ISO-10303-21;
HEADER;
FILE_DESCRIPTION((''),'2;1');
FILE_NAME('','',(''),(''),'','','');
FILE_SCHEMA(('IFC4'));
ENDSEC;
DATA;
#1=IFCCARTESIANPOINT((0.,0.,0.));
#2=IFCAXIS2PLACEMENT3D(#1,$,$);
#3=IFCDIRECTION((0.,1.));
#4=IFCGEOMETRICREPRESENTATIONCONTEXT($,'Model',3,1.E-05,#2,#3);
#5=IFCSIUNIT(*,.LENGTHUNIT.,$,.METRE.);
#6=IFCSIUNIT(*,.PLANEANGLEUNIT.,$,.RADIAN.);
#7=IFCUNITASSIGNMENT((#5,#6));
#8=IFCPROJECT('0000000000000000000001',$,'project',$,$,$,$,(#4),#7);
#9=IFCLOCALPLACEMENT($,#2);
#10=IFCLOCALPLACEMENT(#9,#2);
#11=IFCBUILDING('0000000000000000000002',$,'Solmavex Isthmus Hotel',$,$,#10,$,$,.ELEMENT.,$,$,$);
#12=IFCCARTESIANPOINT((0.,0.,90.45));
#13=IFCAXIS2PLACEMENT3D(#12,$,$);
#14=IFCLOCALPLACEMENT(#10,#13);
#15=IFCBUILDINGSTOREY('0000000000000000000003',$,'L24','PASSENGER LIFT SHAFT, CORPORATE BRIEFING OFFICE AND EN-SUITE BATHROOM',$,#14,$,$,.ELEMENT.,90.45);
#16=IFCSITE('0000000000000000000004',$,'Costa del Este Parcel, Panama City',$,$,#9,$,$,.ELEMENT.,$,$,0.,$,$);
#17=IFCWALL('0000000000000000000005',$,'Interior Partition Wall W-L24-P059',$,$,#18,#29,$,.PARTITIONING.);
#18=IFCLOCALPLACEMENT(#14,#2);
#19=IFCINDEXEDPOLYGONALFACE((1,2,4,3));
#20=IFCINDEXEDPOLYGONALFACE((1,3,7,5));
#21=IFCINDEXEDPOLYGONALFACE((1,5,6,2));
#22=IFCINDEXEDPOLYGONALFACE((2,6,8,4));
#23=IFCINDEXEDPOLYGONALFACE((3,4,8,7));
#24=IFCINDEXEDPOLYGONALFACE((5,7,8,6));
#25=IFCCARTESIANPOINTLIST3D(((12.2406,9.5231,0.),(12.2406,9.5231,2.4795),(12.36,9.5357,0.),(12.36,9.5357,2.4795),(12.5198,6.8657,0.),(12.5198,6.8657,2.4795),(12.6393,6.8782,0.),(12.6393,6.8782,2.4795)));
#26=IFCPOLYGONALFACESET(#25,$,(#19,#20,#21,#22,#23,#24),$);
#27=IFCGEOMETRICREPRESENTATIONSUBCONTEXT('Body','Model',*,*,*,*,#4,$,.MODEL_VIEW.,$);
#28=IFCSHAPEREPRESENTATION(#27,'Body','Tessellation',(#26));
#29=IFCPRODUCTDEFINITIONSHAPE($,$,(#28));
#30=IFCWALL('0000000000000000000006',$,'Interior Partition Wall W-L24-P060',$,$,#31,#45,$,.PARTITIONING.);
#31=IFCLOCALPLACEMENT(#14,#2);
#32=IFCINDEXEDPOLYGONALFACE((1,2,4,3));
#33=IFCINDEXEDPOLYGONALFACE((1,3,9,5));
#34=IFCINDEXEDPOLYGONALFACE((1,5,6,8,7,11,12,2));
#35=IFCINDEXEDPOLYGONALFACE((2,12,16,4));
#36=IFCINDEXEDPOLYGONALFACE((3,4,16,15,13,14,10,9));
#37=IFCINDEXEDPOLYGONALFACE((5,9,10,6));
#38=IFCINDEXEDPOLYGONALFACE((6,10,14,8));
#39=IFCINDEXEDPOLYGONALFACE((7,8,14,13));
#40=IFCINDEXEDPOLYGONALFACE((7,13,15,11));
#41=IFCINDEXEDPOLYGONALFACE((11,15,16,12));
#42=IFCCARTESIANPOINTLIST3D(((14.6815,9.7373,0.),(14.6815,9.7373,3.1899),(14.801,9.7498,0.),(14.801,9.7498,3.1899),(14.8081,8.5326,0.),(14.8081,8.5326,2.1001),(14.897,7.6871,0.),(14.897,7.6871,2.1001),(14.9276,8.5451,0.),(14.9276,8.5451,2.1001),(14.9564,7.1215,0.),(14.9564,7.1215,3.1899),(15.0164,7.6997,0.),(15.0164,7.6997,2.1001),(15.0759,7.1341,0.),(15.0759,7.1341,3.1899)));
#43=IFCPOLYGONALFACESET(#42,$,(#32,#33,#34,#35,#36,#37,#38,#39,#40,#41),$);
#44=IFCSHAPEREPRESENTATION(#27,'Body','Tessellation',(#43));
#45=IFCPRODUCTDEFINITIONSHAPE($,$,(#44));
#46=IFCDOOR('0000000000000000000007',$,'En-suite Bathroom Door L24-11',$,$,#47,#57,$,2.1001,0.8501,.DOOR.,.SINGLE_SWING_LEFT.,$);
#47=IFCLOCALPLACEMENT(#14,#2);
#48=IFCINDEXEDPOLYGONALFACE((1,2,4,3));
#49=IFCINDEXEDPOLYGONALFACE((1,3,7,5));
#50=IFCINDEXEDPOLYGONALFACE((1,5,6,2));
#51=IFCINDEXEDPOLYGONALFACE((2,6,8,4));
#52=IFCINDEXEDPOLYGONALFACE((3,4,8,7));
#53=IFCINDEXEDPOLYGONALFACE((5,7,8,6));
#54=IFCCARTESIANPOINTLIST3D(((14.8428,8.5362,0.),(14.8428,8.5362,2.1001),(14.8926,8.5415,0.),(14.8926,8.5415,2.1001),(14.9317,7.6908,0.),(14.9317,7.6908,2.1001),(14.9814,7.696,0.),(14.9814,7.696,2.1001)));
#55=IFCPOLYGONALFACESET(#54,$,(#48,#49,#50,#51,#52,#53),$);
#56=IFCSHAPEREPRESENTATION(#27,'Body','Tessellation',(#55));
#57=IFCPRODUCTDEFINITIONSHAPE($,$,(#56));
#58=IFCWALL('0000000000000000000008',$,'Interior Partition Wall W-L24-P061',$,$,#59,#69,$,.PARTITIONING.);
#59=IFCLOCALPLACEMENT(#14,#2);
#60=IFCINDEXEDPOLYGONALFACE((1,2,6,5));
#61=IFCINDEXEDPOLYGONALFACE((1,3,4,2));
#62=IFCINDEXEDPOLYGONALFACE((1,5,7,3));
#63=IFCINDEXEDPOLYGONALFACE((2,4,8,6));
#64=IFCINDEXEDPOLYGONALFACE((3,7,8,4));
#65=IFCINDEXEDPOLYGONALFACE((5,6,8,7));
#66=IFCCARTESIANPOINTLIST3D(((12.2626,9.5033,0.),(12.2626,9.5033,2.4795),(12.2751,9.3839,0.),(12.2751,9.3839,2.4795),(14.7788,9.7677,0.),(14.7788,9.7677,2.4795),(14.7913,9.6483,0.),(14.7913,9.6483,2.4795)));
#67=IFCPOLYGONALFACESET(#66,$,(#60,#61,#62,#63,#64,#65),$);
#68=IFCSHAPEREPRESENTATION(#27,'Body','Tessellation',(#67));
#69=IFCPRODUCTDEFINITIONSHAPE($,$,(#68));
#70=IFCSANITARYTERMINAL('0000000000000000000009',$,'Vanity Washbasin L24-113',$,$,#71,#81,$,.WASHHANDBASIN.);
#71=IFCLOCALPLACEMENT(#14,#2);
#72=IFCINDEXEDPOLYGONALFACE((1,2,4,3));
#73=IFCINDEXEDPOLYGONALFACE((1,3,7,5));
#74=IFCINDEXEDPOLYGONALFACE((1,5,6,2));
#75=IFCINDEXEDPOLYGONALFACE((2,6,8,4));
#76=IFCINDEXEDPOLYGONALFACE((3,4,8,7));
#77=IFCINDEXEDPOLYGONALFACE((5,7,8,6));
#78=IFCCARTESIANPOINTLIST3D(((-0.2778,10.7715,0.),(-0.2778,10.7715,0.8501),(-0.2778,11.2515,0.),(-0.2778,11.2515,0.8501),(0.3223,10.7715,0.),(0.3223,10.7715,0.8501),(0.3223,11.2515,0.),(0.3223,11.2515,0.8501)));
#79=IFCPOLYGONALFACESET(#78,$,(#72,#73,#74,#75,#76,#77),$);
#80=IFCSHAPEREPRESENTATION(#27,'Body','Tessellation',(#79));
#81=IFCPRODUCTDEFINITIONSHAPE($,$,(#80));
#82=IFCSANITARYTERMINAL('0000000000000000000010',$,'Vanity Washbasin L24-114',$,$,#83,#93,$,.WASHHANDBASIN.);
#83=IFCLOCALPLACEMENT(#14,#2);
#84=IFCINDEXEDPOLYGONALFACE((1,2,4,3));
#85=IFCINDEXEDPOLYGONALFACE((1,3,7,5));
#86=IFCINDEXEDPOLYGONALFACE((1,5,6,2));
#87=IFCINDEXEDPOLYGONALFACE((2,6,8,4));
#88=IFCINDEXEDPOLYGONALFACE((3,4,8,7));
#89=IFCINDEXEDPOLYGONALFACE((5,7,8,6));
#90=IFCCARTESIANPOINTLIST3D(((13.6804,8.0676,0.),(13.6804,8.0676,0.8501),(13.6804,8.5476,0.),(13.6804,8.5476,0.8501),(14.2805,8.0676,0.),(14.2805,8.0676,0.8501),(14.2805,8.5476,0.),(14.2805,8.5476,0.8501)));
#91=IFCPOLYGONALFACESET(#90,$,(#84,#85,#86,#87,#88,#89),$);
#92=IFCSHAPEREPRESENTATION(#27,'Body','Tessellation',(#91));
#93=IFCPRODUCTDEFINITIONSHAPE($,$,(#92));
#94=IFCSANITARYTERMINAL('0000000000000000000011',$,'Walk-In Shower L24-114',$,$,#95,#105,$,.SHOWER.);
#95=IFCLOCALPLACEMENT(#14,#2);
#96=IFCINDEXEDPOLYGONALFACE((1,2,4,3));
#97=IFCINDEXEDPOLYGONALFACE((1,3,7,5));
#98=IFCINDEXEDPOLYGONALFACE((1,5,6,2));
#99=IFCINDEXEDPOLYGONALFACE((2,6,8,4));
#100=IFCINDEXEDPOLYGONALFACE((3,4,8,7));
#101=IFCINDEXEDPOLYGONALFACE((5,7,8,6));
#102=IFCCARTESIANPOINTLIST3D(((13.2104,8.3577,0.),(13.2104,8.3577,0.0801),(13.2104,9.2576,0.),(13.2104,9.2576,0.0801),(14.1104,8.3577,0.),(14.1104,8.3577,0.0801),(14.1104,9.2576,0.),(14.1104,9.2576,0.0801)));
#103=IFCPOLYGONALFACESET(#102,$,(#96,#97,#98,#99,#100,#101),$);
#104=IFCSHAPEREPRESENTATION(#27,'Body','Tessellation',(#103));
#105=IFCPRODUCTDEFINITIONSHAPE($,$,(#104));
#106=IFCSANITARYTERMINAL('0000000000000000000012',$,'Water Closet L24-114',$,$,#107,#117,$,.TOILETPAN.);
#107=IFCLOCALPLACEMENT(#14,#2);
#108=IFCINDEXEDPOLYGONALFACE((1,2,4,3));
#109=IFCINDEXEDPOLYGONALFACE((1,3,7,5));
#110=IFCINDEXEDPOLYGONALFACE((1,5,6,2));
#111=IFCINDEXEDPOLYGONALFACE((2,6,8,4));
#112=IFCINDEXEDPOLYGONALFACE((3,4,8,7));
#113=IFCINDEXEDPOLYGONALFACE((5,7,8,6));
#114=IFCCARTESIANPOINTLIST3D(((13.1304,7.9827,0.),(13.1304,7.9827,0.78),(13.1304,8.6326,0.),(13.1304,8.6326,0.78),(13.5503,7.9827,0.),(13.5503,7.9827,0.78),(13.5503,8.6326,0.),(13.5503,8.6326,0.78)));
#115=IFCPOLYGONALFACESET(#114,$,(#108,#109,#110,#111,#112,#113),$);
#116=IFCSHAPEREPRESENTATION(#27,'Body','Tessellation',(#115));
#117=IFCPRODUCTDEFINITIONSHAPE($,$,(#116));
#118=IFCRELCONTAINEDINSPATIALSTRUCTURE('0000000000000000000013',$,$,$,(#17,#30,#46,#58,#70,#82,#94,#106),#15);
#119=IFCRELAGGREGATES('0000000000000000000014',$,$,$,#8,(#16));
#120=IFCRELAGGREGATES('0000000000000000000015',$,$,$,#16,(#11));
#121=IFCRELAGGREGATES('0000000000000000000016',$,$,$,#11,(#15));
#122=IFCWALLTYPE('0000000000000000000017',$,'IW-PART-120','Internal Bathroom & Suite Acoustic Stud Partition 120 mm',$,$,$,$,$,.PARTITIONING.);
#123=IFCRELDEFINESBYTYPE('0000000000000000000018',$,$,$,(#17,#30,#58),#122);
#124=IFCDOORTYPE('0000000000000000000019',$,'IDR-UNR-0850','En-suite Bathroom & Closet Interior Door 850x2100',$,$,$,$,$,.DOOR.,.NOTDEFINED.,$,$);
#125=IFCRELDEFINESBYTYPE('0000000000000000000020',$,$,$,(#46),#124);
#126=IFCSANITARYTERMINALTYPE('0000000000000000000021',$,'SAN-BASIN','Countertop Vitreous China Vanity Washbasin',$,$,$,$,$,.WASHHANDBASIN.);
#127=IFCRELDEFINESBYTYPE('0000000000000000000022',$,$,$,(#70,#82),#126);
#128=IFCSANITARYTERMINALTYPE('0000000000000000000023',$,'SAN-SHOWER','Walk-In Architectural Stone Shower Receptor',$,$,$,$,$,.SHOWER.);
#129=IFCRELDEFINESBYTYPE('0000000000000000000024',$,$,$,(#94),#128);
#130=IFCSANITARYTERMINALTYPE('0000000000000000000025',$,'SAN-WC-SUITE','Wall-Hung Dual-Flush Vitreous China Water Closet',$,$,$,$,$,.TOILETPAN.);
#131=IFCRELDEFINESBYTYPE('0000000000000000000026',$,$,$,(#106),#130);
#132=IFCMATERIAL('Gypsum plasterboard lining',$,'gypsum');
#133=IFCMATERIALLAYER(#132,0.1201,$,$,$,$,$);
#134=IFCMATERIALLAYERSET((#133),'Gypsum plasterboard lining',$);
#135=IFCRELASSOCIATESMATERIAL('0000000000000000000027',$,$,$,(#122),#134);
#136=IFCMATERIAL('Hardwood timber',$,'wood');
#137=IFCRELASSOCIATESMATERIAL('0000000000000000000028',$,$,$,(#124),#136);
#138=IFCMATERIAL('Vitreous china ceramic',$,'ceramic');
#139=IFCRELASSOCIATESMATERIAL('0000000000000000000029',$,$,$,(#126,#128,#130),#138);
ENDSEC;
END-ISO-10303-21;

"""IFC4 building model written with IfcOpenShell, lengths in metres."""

from ifc_helpers import new_model, si_unit, direction, frame, frame_2d, origin, origin_2d, place, context, subcontext, project, spatial, rectangle, extrude, material, layer, layer_set, type_object, element, fill, save


model = new_model("IFC4")

# Units and contexts
model_context = context("Model", 3, precision=1e-05, world=origin(), true_north=direction((0.0, 1.0)))
body_context = subcontext(model_context, "Body", "Model", "MODEL_VIEW")
ifc_project = project(units=[si_unit("LENGTHUNIT", "METRE"), si_unit("PLANEANGLEUNIT", "RADIAN")], contexts=[model_context])

# Site, building, storey
site_placement = place(None, origin())
site = spatial("IfcSite", under=ifc_project, at=site_placement, Name="Costa del Este Parcel, Panama City", CompositionType="ELEMENT", RefElevation=0.0)
building_placement = place(site_placement, origin())
building = spatial("IfcBuilding", under=site, at=building_placement, Name="Solmavex Isthmus Hotel", CompositionType="ELEMENT")
storey_placement = place(building_placement, frame((0.0, 0.0, 90.45)))
storey = spatial("IfcBuildingStorey", under=building, at=storey_placement, Name="L24", Description="PASSENGER LIFT SHAFT, CORPORATE BRIEFING OFFICE AND EN-SUITE BATHROOM", CompositionType="ELEMENT", Elevation=90.45)

# Shared definitions
ifc_material_1 = material(Name="Gypsum plasterboard lining", Category="gypsum")
ifc_material_2 = material(Name="Hardwood timber", Category="wood")

# Shared definitions
ifc_layer_1 = layer(ifc_material_1, 0.1201)
ifc_layer_set_1 = layer_set([ifc_layer_1], Name="Gypsum plasterboard lining")
wall_type_1 = type_object("IfcWallType", Name="IW-PART-120", Description="Internal Bathroom & Suite Acoustic Stud Partition 120 mm", PredefinedType="PARTITIONING", material=ifc_layer_set_1)

# Shared definitions
door_type_1 = type_object("IfcDoorType", Name="IDR-UNR-0850", Description="En-suite Bathroom & Closet Interior Door 850x2100", OperationType="NOTDEFINED", PredefinedType="DOOR", material=ifc_material_2)

# Wall
wall_1_placement = place(storey_placement, frame((12.3003, 9.5293, 0.0), z_axis=(0.0, 0.0, 1.0), x_axis=(0.104523, -0.994522, 0.0)))
element("IfcWall", 1, at=wall_1_placement, inside=storey, type_object=wall_type_1, Name="Interior Partition Wall W-L24-P059", PredefinedType="PARTITIONING", context=body_context, shape_type="SweptSolid", body=[
    extrude(rectangle(XDim=2.6721, YDim=0.1201, at=frame_2d((1.3359, 0.0))), origin(), (0.0, 0.0, 1.0), 2.4795),
])

# Wall, opening, door
wall_2_placement = place(storey_placement, frame((15.0161, 7.1279, 0.0), z_axis=(0.0, 0.0, 1.0), x_axis=(-0.10452, 0.994523, 0.0)))
wall_2 = element("IfcWall", 2, at=wall_2_placement, inside=storey, type_object=wall_type_1, Name="Interior Partition Wall W-L24-P060", PredefinedType="PARTITIONING", context=body_context, shape_type="SweptSolid", body=[
    extrude(rectangle(XDim=2.6301, YDim=0.1201, at=frame_2d((1.3149, 0.0))), origin(), (0.0, 0.0, 1.0), 3.1899),
])
opening_1_placement = place(wall_2_placement, frame((0.5686, 0.0, 0.0)))
opening_1 = element("IfcOpeningElement", 3, at=opening_1_placement, cuts=wall_2, PredefinedType="OPENING", context=body_context, shape_type="SweptSolid", body=[
    extrude(rectangle(XDim=0.8501, YDim=2.1001, at=frame_2d((0.425, 1.05))), frame((0.0, 0.0701, 0.0), z_axis=(0.0, -1.0, 0.0), x_axis=(1.0, 0.0, 0.0)), (0.0, 0.0, 1.0), 0.1401),
])
door_1_placement = place(opening_1_placement, frame((0.8501, 0.0, 0.0), z_axis=(0.0, 0.0, 1.0), x_axis=(-1.0, 0.0, 0.0)))
door_1 = element("IfcDoor", 4, at=door_1_placement, inside=storey, type_object=door_type_1, Name="En-suite Bathroom Door L24-11", OperationType="SINGLE_SWING_LEFT", OverallHeight=2.1001, OverallWidth=0.8501, PredefinedType="DOOR", context=body_context, shape_type="SweptSolid", body=[
    extrude(rectangle(XDim=0.8501, YDim=2.1001, at=frame_2d((0.425, 1.05))), frame((0.0, 0.0249, 0.0), z_axis=(0.0, -1.0, 0.0), x_axis=(1.0, 0.0, 0.0)), (0.0, 0.0, 1.0), 0.05),
])
fill(opening_1, door_1)

# Wall
wall_3_placement = place(storey_placement, frame((14.7852, 9.708, 0.0), z_axis=(0.0, 0.0, 1.0), x_axis=(-0.994524, -0.104509, 0.0)))
element("IfcWall", 5, at=wall_3_placement, inside=storey, type_object=wall_type_1, Name="Interior Partition Wall W-L24-P061", PredefinedType="PARTITIONING", context=body_context, shape_type="SweptSolid", body=[
    extrude(rectangle(XDim=2.53, YDim=0.1201, at=frame_2d((1.2651, 0.0))), origin(), (0.0, 0.0, 1.0), 2.4795),
])

# Sanitary terminals
ifc_material_3 = material(Name="Vitreous china ceramic", Category="ceramic")
sanitary_terminal_type_1 = type_object("IfcSanitaryTerminalType", Name="SAN-BASIN", Description="Countertop Vitreous China Vanity Washbasin", PredefinedType="WASHHANDBASIN", material=ifc_material_3)
for number, where, z_axis, x_axis, name in (
    (6, (0.0222, 11.0115, 0.0), (0.0, 0.0, 1.0), (1.0, 0.0, 0.0), "Vanity Washbasin L24-113"),
    (7, (13.9805, 8.3076, 0.0), (0.0, 0.0, 1.0), (1.0, 0.0, 0.0), "Vanity Washbasin L24-114"),
):
    element("IfcSanitaryTerminal", number, at=place(storey_placement, frame(where, z_axis=z_axis, x_axis=x_axis)), inside=storey, type_object=sanitary_terminal_type_1, Name=name, PredefinedType="WASHHANDBASIN", context=body_context, shape_type="SweptSolid", body=[
        extrude(rectangle(XDim=0.6001, YDim=0.48, at=origin_2d()), origin(), (0.0, 0.0, 1.0), 0.8501),
    ])
sanitary_terminal_type_2 = type_object("IfcSanitaryTerminalType", Name="SAN-SHOWER", Description="Walk-In Architectural Stone Shower Receptor", PredefinedType="SHOWER", material=ifc_material_3)
sanitary_terminal_1_placement = place(storey_placement, frame((13.6604, 8.8076, 0.0), z_axis=(0.0, 0.0, 1.0), x_axis=(1.0, 0.0, 0.0)))
element("IfcSanitaryTerminal", 8, at=sanitary_terminal_1_placement, inside=storey, type_object=sanitary_terminal_type_2, Name="Walk-In Shower L24-114", PredefinedType="SHOWER", context=body_context, shape_type="SweptSolid", body=[
    extrude(rectangle(XDim=0.8999, YDim=0.8999, at=origin_2d()), origin(), (0.0, 0.0, 1.0), 0.0801),
])
sanitary_terminal_type_3 = type_object("IfcSanitaryTerminalType", Name="SAN-WC-SUITE", Description="Wall-Hung Dual-Flush Vitreous China Water Closet", PredefinedType="TOILETPAN", material=ifc_material_3)
sanitary_terminal_2_placement = place(storey_placement, frame((13.3403, 8.3076, 0.0), z_axis=(0.0, 0.0, 1.0), x_axis=(1.0, 0.0, 0.0)))
element("IfcSanitaryTerminal", 9, at=sanitary_terminal_2_placement, inside=storey, type_object=sanitary_terminal_type_3, Name="Water Closet L24-114", PredefinedType="TOILETPAN", context=body_context, shape_type="SweptSolid", body=[
    extrude(rectangle(XDim=0.4199, YDim=0.6499, at=origin_2d()), origin(), (0.0, 0.0, 1.0), 0.78),
])

save(model, "model.ifc")
